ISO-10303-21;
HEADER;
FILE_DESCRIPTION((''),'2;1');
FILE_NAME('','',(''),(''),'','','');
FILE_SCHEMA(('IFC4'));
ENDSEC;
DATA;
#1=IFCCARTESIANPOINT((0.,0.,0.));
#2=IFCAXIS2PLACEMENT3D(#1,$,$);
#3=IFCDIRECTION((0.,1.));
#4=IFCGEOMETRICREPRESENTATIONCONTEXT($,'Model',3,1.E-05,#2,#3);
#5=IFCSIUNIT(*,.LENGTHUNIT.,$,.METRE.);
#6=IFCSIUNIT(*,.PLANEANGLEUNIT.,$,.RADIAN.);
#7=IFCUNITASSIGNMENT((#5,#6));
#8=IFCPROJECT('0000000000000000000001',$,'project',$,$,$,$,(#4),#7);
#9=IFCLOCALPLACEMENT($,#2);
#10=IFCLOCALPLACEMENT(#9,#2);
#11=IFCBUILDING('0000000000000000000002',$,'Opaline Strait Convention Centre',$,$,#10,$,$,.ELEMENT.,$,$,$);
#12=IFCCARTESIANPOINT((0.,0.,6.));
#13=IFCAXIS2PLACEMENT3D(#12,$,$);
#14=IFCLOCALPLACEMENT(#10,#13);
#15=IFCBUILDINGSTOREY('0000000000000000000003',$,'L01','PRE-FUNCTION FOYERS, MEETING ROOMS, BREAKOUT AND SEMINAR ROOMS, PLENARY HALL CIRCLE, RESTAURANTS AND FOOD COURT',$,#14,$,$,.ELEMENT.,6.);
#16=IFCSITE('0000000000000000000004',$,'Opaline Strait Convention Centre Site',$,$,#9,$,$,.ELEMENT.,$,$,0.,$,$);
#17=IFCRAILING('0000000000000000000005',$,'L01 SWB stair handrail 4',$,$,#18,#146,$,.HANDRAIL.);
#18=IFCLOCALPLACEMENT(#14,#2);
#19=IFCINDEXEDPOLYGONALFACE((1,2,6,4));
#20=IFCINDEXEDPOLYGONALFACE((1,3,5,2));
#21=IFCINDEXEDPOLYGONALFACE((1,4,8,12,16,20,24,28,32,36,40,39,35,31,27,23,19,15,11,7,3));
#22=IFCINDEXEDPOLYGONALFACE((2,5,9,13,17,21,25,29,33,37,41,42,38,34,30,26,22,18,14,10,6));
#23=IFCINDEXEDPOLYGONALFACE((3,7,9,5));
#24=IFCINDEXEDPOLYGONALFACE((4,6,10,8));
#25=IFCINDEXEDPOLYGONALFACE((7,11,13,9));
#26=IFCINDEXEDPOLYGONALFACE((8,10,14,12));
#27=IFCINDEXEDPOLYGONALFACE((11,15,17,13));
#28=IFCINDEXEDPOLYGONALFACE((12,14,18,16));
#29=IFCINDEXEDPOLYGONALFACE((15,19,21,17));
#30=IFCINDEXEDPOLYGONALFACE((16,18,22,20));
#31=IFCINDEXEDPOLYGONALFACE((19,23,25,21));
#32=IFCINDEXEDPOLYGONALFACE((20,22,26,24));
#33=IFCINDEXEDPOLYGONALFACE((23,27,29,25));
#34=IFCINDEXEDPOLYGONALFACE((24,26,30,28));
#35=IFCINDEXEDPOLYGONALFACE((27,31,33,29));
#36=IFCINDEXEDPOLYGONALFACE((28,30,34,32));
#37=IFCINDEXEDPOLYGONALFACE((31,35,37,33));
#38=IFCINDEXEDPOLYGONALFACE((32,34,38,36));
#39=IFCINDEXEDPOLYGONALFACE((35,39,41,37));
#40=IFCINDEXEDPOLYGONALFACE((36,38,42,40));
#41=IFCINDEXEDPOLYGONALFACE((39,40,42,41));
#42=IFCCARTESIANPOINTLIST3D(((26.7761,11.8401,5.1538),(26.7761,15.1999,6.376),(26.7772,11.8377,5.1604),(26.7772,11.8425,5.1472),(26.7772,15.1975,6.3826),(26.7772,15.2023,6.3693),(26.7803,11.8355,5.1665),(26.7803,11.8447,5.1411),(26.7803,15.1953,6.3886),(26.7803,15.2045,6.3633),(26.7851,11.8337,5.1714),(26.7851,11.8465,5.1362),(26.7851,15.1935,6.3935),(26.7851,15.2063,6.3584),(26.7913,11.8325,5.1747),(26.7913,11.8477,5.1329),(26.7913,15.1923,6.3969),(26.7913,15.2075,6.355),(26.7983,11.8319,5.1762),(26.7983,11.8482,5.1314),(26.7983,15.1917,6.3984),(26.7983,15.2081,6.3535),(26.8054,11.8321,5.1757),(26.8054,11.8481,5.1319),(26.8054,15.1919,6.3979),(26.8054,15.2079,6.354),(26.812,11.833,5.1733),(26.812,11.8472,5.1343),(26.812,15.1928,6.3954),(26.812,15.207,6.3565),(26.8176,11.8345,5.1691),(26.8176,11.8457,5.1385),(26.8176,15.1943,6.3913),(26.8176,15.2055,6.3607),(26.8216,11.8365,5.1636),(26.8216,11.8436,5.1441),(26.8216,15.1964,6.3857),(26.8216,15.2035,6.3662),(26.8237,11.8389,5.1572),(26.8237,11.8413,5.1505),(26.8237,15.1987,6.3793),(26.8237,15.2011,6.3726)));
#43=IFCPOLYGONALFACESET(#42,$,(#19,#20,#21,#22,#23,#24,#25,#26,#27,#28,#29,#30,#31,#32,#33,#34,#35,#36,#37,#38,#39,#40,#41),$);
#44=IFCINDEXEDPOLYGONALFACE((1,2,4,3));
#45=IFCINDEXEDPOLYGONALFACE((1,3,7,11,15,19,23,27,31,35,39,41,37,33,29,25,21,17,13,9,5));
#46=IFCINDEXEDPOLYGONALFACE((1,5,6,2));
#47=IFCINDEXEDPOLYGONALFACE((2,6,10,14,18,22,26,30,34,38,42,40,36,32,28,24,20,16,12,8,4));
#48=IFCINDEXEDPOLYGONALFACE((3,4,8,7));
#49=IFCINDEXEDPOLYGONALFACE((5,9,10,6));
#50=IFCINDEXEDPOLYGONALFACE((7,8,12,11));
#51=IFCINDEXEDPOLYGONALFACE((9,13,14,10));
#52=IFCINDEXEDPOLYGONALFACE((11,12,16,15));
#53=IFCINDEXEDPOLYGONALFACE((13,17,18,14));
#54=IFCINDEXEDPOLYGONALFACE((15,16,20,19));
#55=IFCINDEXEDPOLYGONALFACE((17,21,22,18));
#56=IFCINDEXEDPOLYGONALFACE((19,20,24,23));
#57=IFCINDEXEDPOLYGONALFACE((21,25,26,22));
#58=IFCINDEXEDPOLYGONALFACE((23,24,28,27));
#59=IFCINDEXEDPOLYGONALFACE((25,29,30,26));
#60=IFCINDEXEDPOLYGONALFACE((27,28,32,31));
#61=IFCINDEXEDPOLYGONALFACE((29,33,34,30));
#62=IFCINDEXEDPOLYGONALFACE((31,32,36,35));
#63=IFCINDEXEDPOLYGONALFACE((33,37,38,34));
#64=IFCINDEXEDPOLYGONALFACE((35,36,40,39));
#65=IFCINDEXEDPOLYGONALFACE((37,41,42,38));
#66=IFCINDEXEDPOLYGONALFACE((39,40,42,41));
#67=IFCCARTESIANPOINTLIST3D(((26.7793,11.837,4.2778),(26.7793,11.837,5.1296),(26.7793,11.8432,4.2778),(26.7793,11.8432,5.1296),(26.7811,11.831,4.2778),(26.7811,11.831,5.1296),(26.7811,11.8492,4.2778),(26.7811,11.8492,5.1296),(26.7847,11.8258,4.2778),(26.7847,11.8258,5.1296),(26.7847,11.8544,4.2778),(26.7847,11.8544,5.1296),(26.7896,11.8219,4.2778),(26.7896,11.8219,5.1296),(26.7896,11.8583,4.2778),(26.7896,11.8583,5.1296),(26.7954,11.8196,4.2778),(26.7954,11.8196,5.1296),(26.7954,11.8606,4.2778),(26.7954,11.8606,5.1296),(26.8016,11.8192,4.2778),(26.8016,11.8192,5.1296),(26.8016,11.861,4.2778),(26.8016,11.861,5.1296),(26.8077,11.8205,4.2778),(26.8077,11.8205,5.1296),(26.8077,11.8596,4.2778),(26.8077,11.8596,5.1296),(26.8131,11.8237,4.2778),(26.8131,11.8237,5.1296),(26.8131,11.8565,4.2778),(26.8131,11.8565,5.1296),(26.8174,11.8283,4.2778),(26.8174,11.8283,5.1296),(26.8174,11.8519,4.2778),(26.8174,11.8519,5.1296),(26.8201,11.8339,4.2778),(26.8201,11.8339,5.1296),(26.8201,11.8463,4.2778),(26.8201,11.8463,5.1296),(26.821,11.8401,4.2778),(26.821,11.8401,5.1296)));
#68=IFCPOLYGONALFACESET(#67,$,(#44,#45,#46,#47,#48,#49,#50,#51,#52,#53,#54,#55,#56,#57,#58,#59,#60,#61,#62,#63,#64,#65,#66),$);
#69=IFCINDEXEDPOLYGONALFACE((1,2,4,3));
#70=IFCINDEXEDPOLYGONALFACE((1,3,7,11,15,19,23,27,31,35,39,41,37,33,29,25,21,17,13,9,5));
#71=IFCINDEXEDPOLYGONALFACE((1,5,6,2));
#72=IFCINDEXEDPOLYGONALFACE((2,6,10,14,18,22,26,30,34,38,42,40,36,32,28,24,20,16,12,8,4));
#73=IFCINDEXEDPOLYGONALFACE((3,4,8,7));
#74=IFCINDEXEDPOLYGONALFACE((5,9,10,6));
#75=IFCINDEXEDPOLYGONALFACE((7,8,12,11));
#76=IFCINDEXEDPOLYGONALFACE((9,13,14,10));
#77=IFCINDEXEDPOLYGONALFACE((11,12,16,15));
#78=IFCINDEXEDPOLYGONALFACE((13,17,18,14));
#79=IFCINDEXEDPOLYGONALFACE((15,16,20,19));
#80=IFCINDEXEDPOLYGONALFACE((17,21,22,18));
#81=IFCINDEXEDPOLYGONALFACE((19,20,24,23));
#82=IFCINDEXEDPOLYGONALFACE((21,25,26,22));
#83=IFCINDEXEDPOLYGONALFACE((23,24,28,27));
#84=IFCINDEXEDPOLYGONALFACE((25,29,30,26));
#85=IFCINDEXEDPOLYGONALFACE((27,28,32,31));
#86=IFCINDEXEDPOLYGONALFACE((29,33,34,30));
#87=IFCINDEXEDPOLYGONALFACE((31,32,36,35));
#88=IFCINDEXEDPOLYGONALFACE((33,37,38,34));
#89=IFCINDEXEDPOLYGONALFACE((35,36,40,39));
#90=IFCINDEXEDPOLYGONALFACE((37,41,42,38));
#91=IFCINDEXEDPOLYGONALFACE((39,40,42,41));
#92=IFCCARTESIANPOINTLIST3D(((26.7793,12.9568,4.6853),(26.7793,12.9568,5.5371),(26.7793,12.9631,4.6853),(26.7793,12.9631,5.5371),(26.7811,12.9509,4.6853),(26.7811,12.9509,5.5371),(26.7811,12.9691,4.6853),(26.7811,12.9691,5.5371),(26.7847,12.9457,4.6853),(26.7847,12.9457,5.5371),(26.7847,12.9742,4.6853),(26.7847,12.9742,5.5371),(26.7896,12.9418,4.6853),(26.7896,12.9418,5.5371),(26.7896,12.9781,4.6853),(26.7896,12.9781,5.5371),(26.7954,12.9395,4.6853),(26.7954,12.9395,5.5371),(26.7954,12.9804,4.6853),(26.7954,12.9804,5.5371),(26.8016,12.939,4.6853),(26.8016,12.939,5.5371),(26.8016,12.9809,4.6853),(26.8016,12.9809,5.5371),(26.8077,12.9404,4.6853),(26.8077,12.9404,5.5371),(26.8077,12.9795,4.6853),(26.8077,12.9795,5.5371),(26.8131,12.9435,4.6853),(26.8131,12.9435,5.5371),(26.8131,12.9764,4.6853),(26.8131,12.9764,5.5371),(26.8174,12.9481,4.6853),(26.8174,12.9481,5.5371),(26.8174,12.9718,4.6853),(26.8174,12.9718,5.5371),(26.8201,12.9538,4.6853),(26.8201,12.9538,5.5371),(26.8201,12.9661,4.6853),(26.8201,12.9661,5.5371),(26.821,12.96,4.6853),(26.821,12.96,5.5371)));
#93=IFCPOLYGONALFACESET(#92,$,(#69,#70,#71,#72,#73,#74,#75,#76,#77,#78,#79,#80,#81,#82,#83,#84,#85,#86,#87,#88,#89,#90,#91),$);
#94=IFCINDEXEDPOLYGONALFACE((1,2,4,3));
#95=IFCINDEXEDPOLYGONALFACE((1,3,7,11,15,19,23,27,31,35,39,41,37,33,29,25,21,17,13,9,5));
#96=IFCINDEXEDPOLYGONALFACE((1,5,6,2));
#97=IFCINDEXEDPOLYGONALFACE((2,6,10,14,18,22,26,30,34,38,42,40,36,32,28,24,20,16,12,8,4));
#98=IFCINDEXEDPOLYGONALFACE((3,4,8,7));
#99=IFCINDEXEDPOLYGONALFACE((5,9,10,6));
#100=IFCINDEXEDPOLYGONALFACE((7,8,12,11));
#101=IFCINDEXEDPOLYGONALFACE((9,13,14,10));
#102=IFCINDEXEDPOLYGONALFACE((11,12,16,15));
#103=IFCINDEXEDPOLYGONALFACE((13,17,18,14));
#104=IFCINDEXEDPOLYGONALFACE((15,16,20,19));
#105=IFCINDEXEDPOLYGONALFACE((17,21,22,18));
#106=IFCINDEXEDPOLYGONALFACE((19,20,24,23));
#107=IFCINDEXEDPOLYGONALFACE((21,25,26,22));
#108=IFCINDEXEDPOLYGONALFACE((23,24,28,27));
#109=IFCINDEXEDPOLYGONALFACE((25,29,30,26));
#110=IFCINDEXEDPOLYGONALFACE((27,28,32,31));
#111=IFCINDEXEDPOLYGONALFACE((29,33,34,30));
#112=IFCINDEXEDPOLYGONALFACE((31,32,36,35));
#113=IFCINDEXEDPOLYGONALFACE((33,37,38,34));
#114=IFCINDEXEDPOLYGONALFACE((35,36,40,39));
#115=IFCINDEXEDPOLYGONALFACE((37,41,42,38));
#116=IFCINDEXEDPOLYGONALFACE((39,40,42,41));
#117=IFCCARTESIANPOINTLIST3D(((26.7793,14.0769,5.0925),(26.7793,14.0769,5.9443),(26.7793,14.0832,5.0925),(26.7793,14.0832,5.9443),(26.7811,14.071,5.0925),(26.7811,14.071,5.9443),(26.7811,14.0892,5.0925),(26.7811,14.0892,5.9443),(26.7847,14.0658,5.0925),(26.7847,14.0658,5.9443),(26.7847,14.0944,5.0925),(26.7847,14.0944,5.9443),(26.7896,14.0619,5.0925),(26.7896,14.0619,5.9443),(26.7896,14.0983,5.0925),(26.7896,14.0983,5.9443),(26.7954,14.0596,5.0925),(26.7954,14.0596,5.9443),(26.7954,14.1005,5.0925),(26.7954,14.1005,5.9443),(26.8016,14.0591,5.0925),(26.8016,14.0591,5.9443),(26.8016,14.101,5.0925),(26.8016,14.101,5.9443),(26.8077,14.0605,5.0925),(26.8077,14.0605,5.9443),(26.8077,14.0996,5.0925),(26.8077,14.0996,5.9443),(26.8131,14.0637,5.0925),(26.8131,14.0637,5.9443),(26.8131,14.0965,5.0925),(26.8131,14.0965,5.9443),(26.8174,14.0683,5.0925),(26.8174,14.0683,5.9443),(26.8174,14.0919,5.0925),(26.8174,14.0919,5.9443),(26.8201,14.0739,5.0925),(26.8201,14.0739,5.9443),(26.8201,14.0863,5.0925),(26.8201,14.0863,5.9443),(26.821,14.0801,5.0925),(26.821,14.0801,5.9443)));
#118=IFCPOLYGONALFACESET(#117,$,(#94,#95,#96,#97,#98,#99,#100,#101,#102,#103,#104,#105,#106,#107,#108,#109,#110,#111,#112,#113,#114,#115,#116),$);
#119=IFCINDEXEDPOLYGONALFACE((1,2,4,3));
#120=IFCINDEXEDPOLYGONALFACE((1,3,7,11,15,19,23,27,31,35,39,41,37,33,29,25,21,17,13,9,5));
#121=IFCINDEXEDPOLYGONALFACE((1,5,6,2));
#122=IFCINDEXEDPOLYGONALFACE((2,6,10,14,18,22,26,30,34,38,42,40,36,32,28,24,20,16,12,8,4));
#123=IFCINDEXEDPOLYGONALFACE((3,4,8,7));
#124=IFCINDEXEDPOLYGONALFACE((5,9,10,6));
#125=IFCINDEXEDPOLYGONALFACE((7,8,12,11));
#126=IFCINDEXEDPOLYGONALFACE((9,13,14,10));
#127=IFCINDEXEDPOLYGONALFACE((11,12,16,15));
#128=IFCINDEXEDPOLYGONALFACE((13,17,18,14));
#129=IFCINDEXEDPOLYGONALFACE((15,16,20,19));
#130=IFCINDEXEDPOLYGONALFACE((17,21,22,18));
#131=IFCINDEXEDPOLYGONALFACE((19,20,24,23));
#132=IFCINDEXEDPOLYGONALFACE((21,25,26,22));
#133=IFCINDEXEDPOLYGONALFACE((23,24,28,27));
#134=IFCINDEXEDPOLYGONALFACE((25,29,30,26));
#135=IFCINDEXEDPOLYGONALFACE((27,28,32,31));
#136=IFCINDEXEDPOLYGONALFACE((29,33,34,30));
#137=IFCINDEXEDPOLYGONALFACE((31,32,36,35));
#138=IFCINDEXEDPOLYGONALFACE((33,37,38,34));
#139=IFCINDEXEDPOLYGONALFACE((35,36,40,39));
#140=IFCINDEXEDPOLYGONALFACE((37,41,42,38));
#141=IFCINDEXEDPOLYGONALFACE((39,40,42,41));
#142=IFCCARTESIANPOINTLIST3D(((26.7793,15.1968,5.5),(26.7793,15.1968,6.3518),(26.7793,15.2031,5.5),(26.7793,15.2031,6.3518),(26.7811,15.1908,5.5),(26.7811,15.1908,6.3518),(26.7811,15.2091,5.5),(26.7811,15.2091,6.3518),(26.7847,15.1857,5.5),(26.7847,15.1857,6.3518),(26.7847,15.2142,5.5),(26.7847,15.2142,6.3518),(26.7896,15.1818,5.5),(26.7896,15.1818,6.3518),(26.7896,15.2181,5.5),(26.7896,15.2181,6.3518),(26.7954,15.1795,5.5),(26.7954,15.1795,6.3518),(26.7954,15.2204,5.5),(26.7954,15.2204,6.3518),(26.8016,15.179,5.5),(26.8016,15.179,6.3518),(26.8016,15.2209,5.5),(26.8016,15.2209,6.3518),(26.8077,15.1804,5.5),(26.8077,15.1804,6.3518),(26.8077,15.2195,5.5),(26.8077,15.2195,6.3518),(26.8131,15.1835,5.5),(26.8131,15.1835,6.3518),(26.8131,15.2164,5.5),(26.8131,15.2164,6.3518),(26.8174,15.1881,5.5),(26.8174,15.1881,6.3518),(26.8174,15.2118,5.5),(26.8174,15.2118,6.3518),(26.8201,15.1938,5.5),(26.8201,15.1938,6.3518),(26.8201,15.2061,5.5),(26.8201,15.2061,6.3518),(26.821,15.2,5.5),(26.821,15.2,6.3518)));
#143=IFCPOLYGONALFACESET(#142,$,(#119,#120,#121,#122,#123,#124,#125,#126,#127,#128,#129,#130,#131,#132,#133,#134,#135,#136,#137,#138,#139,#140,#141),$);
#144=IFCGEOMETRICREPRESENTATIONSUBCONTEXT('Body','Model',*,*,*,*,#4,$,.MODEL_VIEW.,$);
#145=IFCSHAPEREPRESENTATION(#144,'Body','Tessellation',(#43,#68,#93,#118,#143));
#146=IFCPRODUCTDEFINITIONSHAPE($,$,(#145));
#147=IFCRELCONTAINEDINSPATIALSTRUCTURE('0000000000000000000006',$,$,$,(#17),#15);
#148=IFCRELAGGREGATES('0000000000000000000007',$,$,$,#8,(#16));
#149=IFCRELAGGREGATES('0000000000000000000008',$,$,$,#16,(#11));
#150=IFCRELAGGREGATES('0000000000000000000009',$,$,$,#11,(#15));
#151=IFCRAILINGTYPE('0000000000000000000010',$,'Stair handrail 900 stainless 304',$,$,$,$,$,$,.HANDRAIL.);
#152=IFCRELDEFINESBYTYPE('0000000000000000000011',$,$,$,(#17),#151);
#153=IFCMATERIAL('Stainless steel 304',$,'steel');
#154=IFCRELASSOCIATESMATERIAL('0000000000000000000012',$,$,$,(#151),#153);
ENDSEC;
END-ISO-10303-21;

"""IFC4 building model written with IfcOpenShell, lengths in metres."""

from ifc_helpers import new_model, si_unit, direction, frame, origin, origin_2d, place, context, subcontext, project, spatial, circle, extrude, material, type_object, element, save


model = new_model("IFC4")

# Units and contexts
model_context = context("Model", 3, precision=1e-05, world=origin(), true_north=direction((0.0, 1.0)))
body_context = subcontext(model_context, "Body", "Model", "MODEL_VIEW")
ifc_project = project(units=[si_unit("LENGTHUNIT", "METRE"), si_unit("PLANEANGLEUNIT", "RADIAN")], contexts=[model_context])

# Site, building, storey
site_placement = place(None, origin())
site = spatial("IfcSite", under=ifc_project, at=site_placement, Name="Opaline Strait Convention Centre Site", CompositionType="ELEMENT", RefElevation=0.0)
building_placement = place(site_placement, origin())
building = spatial("IfcBuilding", under=site, at=building_placement, Name="Opaline Strait Convention Centre", CompositionType="ELEMENT")
storey_placement = place(building_placement, frame((0.0, 0.0, 6.0)))
storey = spatial("IfcBuildingStorey", under=building, at=storey_placement, Name="L01", Description="PRE-FUNCTION FOYERS, MEETING ROOMS, BREAKOUT AND SEMINAR ROOMS, PLENARY HALL CIRCLE, RESTAURANTS AND FOOD COURT", CompositionType="ELEMENT", Elevation=6.0)

# Railing
ifc_material_1 = material(Name="Stainless steel 304", Category="steel")
railing_type_1 = type_object("IfcRailingType", Name="Stair handrail 900 stainless 304", PredefinedType="HANDRAIL", material=ifc_material_1)
railing_1_placement = place(storey_placement, frame((26.8, 11.8401, 4.2778)))
element("IfcRailing", 1, at=railing_1_placement, inside=storey, type_object=railing_type_1, Name="L01 SWB stair handrail 4", PredefinedType="HANDRAIL", context=body_context, shape_type="SweptSolid", body=[
    extrude(circle(Radius=0.0239, at=origin_2d()), frame((0.0, 0.0, 0.876), z_axis=(0.0, 0.939758, 0.341842), x_axis=(-1.0, 0.0, 0.0)), (0.0, 0.0, 1.0), 3.5752),
    extrude(circle(Radius=0.021, at=origin_2d()), origin(), (0.0, 0.0, 1.0), 0.8518),
    extrude(circle(Radius=0.021, at=origin_2d()), frame((0.0, 1.1199, 0.4075)), (0.0, 0.0, 1.0), 0.8518),
    extrude(circle(Radius=0.021, at=origin_2d()), frame((0.0, 2.24, 0.8147)), (0.0, 0.0, 1.0), 0.8518),
    extrude(circle(Radius=0.021, at=origin_2d()), frame((0.0, 3.3599, 1.2222)), (0.0, 0.0, 1.0), 0.8518),
])

save(model, "model.ifc")
